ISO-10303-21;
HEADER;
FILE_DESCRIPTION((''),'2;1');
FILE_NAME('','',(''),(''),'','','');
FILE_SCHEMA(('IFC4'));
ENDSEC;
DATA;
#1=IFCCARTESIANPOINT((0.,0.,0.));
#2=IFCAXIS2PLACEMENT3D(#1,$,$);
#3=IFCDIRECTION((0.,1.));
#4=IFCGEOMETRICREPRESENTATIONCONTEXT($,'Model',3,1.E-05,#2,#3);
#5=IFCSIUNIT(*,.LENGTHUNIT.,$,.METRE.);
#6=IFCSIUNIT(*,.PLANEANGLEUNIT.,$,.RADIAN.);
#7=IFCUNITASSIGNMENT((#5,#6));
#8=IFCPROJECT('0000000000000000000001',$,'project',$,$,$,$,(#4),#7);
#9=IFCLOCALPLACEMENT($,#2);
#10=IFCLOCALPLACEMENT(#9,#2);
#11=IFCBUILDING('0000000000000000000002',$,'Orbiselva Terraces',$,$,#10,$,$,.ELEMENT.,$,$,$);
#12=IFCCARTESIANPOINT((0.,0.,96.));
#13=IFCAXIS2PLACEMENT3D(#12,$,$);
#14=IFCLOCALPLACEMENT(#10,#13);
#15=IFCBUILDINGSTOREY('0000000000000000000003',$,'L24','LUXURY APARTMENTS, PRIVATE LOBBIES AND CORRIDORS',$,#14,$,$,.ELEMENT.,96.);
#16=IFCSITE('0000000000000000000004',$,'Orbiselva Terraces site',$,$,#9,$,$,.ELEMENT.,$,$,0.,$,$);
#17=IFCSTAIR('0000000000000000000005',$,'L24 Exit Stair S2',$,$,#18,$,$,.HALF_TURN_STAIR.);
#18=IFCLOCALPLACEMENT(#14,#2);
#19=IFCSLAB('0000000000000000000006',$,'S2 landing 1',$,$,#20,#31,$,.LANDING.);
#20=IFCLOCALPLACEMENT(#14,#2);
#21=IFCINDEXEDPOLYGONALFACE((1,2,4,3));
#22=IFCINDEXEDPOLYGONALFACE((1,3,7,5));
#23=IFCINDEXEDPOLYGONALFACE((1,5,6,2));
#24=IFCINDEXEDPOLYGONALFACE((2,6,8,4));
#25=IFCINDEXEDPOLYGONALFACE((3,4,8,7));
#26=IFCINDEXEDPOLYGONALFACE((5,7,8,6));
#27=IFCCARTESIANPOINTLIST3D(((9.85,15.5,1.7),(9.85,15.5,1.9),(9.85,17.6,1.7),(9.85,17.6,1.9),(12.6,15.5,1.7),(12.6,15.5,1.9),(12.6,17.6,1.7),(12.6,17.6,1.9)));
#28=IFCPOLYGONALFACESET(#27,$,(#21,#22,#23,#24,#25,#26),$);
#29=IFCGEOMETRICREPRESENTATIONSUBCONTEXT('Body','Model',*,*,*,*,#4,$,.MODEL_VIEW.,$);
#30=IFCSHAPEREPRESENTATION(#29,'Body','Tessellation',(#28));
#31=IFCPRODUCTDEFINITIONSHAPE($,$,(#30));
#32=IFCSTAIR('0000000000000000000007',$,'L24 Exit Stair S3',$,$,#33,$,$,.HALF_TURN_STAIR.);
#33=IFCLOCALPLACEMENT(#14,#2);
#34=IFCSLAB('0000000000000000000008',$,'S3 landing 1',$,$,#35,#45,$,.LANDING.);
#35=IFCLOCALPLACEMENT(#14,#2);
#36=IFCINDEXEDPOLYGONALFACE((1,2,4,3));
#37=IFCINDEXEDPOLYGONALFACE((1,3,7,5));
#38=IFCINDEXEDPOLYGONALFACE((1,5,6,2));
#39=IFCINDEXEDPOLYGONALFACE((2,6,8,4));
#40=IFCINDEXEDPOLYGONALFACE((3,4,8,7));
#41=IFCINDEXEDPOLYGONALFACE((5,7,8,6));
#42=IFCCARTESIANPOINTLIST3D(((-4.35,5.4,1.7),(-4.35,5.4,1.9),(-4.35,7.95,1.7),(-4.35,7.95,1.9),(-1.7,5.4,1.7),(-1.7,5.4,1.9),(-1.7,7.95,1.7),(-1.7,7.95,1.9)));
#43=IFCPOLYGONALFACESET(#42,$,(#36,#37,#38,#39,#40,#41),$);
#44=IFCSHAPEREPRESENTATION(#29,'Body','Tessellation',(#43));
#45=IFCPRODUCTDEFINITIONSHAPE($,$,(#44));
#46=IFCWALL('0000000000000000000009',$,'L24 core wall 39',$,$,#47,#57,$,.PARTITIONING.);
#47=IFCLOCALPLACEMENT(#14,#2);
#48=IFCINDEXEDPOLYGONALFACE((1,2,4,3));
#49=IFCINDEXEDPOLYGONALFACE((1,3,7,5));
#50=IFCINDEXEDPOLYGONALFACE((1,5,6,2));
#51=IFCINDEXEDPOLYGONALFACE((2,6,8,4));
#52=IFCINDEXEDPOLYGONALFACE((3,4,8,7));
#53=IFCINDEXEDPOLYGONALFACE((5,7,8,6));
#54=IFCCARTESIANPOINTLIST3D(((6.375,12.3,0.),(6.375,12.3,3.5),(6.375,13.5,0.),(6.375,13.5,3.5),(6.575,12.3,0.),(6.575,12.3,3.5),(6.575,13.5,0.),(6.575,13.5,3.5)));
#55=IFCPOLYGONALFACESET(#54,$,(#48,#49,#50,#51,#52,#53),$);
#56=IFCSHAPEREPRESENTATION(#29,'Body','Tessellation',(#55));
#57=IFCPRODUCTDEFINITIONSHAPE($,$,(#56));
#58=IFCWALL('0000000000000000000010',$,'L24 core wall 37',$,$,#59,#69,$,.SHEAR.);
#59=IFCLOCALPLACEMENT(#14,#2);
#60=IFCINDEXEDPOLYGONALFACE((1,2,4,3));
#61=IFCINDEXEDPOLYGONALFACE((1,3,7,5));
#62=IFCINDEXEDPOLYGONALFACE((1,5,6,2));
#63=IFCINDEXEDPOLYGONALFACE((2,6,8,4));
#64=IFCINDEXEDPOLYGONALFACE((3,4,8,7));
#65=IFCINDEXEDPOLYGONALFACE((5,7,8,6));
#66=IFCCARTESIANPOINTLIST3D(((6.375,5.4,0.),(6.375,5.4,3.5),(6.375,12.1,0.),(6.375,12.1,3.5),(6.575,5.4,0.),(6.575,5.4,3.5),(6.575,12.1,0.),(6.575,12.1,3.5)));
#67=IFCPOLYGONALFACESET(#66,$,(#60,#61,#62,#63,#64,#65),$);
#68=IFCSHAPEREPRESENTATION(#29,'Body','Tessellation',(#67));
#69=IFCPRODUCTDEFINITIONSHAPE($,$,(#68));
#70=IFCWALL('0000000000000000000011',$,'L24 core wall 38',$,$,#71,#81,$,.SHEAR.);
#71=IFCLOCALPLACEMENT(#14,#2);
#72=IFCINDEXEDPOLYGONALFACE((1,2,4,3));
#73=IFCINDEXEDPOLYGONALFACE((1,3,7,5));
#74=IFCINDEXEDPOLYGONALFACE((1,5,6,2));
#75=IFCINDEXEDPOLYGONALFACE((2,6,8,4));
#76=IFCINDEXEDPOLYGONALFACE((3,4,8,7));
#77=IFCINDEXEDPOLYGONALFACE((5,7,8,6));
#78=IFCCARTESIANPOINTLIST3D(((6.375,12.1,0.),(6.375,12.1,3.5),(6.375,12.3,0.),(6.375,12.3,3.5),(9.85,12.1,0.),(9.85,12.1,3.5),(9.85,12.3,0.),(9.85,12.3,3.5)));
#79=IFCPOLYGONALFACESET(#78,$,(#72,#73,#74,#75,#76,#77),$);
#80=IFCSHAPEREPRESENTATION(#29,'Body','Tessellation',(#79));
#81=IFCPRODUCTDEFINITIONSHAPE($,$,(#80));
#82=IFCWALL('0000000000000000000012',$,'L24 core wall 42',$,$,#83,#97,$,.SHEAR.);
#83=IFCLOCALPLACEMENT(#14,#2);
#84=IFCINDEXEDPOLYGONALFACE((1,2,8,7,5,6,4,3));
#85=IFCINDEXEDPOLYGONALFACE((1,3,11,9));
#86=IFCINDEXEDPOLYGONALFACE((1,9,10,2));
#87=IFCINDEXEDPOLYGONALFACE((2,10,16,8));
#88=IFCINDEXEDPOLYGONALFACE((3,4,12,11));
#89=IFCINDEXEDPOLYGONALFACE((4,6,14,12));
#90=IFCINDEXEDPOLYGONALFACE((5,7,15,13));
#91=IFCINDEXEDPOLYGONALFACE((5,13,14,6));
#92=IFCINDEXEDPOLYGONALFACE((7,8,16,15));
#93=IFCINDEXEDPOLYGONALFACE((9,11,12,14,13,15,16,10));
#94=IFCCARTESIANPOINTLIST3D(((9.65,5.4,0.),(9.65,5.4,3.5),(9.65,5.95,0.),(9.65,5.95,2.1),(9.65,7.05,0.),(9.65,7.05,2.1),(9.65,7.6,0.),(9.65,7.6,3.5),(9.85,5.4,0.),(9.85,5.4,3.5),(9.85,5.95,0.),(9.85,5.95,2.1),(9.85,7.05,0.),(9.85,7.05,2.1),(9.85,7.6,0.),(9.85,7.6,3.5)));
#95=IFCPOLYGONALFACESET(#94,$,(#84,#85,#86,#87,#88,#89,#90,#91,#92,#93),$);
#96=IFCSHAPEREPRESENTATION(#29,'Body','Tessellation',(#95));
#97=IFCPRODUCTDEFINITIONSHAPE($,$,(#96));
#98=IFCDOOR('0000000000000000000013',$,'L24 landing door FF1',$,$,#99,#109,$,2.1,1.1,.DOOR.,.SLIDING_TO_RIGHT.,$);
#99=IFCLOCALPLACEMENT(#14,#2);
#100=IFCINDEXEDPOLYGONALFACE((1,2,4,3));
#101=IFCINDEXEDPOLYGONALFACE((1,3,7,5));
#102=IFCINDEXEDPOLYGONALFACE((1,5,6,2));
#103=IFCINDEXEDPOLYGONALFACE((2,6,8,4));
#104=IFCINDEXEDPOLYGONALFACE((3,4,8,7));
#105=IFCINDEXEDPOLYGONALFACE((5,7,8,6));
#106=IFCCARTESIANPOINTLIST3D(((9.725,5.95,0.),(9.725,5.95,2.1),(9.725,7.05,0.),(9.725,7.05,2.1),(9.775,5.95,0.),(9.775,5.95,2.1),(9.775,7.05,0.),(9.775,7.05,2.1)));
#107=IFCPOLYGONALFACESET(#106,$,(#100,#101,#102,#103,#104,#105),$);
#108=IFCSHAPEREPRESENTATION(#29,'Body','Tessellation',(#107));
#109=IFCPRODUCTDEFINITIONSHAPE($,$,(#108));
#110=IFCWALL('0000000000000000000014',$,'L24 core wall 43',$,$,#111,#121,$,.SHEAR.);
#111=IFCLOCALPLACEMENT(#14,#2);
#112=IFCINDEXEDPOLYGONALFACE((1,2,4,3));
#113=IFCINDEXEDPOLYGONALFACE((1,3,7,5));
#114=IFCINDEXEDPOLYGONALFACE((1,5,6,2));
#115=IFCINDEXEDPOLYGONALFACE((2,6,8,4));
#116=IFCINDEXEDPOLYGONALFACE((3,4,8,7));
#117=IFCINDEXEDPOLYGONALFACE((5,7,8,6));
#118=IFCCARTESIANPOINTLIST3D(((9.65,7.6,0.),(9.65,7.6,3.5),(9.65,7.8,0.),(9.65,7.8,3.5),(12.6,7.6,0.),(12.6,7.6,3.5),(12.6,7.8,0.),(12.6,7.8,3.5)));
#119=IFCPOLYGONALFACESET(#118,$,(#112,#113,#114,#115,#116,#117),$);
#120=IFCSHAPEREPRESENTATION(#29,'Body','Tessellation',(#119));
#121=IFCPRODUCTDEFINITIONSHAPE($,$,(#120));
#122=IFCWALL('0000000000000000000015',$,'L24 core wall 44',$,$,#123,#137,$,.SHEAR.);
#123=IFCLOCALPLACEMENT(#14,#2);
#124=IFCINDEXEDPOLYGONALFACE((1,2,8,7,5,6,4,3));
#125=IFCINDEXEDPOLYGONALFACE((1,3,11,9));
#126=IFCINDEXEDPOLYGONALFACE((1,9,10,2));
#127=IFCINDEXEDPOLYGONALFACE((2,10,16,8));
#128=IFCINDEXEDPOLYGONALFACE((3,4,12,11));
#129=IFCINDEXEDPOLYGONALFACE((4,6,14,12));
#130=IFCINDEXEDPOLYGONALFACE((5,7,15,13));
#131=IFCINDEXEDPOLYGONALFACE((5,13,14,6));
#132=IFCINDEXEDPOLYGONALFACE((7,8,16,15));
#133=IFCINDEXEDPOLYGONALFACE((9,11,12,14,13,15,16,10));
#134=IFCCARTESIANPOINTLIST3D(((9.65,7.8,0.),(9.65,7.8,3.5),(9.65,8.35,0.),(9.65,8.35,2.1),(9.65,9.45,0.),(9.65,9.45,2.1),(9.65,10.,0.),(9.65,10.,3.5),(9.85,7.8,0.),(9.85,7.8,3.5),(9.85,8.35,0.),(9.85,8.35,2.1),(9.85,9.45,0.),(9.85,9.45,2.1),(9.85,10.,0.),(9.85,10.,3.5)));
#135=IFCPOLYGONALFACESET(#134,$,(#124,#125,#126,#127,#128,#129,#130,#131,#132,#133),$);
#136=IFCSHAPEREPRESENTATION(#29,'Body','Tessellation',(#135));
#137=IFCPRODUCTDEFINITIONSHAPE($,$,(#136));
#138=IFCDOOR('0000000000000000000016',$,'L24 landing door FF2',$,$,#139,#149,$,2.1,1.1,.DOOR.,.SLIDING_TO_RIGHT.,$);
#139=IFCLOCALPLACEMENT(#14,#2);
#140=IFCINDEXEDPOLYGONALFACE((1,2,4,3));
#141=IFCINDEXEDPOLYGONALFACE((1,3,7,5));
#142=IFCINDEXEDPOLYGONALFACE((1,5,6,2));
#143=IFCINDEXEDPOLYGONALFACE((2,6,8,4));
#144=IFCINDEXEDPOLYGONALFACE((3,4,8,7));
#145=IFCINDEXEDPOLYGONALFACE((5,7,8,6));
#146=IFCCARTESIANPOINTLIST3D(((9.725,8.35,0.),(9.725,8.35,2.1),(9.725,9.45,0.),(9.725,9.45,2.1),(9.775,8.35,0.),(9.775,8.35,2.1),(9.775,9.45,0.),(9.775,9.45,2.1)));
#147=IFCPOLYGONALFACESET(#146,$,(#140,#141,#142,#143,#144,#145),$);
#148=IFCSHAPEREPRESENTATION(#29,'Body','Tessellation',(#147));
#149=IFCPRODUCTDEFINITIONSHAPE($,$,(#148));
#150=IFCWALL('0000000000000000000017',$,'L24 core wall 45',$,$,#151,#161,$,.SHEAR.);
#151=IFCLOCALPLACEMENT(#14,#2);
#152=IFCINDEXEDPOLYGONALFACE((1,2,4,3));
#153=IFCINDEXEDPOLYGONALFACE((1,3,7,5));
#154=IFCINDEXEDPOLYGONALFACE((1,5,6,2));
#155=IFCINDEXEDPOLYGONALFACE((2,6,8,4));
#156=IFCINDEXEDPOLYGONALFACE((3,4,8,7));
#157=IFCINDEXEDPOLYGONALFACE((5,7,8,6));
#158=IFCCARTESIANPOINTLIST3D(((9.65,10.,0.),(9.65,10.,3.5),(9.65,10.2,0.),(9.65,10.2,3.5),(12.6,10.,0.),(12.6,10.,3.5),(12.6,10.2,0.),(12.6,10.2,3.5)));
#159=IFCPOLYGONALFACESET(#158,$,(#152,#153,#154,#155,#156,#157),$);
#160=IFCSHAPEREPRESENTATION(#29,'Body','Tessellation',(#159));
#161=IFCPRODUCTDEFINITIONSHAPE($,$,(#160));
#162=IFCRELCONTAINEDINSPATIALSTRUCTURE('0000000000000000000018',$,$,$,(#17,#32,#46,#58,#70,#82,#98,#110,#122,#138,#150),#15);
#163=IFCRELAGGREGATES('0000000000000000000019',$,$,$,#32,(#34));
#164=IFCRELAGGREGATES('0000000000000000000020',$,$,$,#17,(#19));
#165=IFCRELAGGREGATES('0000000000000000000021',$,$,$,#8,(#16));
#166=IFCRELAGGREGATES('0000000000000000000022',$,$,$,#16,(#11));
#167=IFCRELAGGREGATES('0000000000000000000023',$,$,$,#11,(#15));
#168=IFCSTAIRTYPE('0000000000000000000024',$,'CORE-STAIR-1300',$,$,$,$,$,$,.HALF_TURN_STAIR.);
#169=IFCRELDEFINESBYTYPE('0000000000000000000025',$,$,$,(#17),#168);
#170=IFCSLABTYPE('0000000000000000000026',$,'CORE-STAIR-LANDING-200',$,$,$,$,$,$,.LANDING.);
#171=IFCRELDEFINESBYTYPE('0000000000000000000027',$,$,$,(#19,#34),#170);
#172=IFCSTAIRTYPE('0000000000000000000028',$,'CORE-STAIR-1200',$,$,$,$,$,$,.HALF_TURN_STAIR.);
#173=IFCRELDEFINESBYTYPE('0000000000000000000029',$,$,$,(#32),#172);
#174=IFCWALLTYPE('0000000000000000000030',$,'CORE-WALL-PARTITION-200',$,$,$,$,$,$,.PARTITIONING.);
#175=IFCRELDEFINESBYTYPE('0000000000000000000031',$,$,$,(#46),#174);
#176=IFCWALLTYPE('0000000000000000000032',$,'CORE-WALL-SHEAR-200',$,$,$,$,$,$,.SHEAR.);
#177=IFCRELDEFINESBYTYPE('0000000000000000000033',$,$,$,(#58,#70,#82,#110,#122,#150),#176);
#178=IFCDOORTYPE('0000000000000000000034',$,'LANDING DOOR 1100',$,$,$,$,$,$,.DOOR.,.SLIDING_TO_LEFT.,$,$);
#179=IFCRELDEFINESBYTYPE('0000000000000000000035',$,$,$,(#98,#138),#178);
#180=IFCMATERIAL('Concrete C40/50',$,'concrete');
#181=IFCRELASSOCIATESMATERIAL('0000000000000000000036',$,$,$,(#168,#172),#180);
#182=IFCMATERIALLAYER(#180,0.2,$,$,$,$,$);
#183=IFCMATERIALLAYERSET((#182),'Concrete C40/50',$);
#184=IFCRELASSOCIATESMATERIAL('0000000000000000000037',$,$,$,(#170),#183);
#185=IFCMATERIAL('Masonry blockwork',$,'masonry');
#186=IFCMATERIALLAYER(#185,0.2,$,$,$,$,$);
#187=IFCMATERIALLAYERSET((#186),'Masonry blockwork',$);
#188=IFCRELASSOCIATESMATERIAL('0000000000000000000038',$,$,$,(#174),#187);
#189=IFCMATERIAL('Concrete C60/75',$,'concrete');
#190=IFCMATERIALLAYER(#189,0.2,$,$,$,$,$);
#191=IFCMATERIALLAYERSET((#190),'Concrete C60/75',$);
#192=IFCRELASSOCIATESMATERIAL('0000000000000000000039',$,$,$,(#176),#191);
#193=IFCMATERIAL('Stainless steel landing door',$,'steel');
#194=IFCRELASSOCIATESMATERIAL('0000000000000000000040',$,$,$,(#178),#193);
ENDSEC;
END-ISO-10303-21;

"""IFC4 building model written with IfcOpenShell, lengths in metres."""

from ifc_helpers import new_model, si_unit, direction, frame, frame_2d, origin, place, context, subcontext, project, spatial, polyline, rectangle, outline, extrude, material, layer, layer_set, type_object, element, fill, aggregate, save


model = new_model("IFC4")

# Units and contexts
model_context = context("Model", 3, precision=1e-05, world=origin(), true_north=direction((0.0, 1.0)))
body_context = subcontext(model_context, "Body", "Model", "MODEL_VIEW")
ifc_project = project(units=[si_unit("LENGTHUNIT", "METRE"), si_unit("PLANEANGLEUNIT", "RADIAN")], contexts=[model_context])

# Site, building, storey
site_placement = place(None, origin())
site = spatial("IfcSite", under=ifc_project, at=site_placement, Name="Orbiselva Terraces site", CompositionType="ELEMENT", RefElevation=0.0)
building_placement = place(site_placement, origin())
building = spatial("IfcBuilding", under=site, at=building_placement, Name="Orbiselva Terraces", CompositionType="ELEMENT")
storey_placement = place(building_placement, frame((0.0, 0.0, 96.0)))
storey = spatial("IfcBuildingStorey", under=building, at=storey_placement, Name="L24", Description="LUXURY APARTMENTS, PRIVATE LOBBIES AND CORRIDORS", CompositionType="ELEMENT", Elevation=96.0)

# Stairs, slabs
ifc_material_1 = material(Name="Concrete C40/50", Category="concrete")
stair_type_1 = type_object("IfcStairType", Name="CORE-STAIR-1300", PredefinedType="HALF_TURN_STAIR", material=ifc_material_1)
stair_1_placement = place(storey_placement, origin())
stair_1 = element("IfcStair", 1, at=stair_1_placement, inside=storey, type_object=stair_type_1, Name="L24 Exit Stair S2", PredefinedType="HALF_TURN_STAIR")
ifc_layer_1 = layer(ifc_material_1, 0.2)
ifc_layer_set_1 = layer_set([ifc_layer_1], Name="Concrete C40/50")
slab_type = type_object("IfcSlabType", Name="CORE-STAIR-LANDING-200", PredefinedType="LANDING", material=ifc_layer_set_1)
slab_1_placement = place(storey_placement, frame((0.0, 0.0, 1.7)))
slab_1 = element("IfcSlab", 2, at=slab_1_placement, type_object=slab_type, Name="S2 landing 1", PredefinedType="LANDING", context=body_context, shape_type="SweptSolid", body=[
    extrude(outline(polyline([(12.6, 15.5), (12.6, 17.6), (9.85, 17.6), (9.85, 15.5), (12.6, 15.5)])), origin(), (0.0, 0.0, 1.0), 0.2),
])
stair_type_2 = type_object("IfcStairType", Name="CORE-STAIR-1200", PredefinedType="HALF_TURN_STAIR", material=ifc_material_1)
stair_2_placement = place(storey_placement, origin())
stair_2 = element("IfcStair", 3, at=stair_2_placement, inside=storey, type_object=stair_type_2, Name="L24 Exit Stair S3", PredefinedType="HALF_TURN_STAIR")
slab_2_placement = place(storey_placement, frame((0.0, 0.0, 1.7)))
slab_2 = element("IfcSlab", 4, at=slab_2_placement, type_object=slab_type, Name="S3 landing 1", PredefinedType="LANDING", context=body_context, shape_type="SweptSolid", body=[
    extrude(outline(polyline([(-4.35, 5.4), (-1.7, 5.4), (-1.7, 7.95), (-4.35, 7.95), (-4.35, 5.4)])), origin(), (0.0, 0.0, 1.0), 0.2),
])
aggregate(stair_2, [slab_2])

# Walls
ifc_material_2 = material(Name="Masonry blockwork", Category="masonry")
ifc_layer_2 = layer(ifc_material_2, 0.2)
ifc_layer_set_2 = layer_set([ifc_layer_2], Name="Masonry blockwork")
wall_type_1 = type_object("IfcWallType", Name="CORE-WALL-PARTITION-200", PredefinedType="PARTITIONING", material=ifc_layer_set_2)
wall_1_placement = place(storey_placement, frame((6.475, 12.3, 0.0), z_axis=(0.0, 0.0, 1.0), x_axis=(0.0, 1.0, 0.0)))
element("IfcWall", 5, at=wall_1_placement, inside=storey, type_object=wall_type_1, Name="L24 core wall 39", PredefinedType="PARTITIONING", context=body_context, shape_type="SweptSolid", body=[
    extrude(rectangle(XDim=1.2, YDim=0.2, at=frame_2d((0.6, 0.0))), origin(), (0.0, 0.0, 1.0), 3.5),
])
ifc_material_3 = material(Name="Concrete C60/75", Category="concrete")
ifc_layer_3 = layer(ifc_material_3, 0.2)
ifc_layer_set_3 = layer_set([ifc_layer_3], Name="Concrete C60/75")
wall_type_2 = type_object("IfcWallType", Name="CORE-WALL-SHEAR-200", PredefinedType="SHEAR", material=ifc_layer_set_3)
wall_2_placement = place(storey_placement, frame((6.475, 5.4, 0.0), z_axis=(0.0, 0.0, 1.0), x_axis=(0.0, 1.0, 0.0)))
element("IfcWall", 6, at=wall_2_placement, inside=storey, type_object=wall_type_2, Name="L24 core wall 37", PredefinedType="SHEAR", context=body_context, shape_type="SweptSolid", body=[
    extrude(rectangle(XDim=6.7, YDim=0.2, at=frame_2d((3.35, 0.0))), origin(), (0.0, 0.0, 1.0), 3.5),
])
wall_3_placement = place(storey_placement, frame((6.375, 12.2, 0.0), z_axis=(0.0, 0.0, 1.0), x_axis=(1.0, 0.0, 0.0)))
element("IfcWall", 7, at=wall_3_placement, inside=storey, type_object=wall_type_2, Name="L24 core wall 38", PredefinedType="SHEAR", context=body_context, shape_type="SweptSolid", body=[
    extrude(rectangle(XDim=3.475, YDim=0.2, at=frame_2d((1.7375, 0.0))), origin(), (0.0, 0.0, 1.0), 3.5),
])

# Wall, opening, door
wall_4_placement = place(storey_placement, frame((9.75, 5.4, 0.0), z_axis=(0.0, 0.0, 1.0), x_axis=(0.0, 1.0, 0.0)))
wall_4 = element("IfcWall", 8, at=wall_4_placement, inside=storey, type_object=wall_type_2, Name="L24 core wall 42", PredefinedType="SHEAR", context=body_context, shape_type="SweptSolid", body=[
    extrude(rectangle(XDim=2.2, YDim=0.2, at=frame_2d((1.1, 0.0))), origin(), (0.0, 0.0, 1.0), 3.5),
])
opening_1_placement = place(wall_4_placement, frame((0.55, 0.0, 0.0)))
opening_1 = element("IfcOpeningElement", 9, at=opening_1_placement, cuts=wall_4, PredefinedType="OPENING", context=body_context, shape_type="SweptSolid", body=[
    extrude(rectangle(XDim=1.1, YDim=2.1, at=frame_2d((0.55, 1.05))), frame((0.0, 0.11, 0.0), z_axis=(0.0, -1.0, 0.0), x_axis=(1.0, 0.0, 0.0)), (0.0, 0.0, 1.0), 0.22),
])
ifc_material_4 = material(Name="Stainless steel landing door", Category="steel")
door_type_1 = type_object("IfcDoorType", Name="LANDING DOOR 1100", OperationType="SLIDING_TO_LEFT", PredefinedType="DOOR", material=ifc_material_4)
door_1_placement = place(opening_1_placement, origin())
door_1 = element("IfcDoor", 10, at=door_1_placement, inside=storey, type_object=door_type_1, Name="L24 landing door FF1", OperationType="SLIDING_TO_RIGHT", OverallHeight=2.1, OverallWidth=1.1, PredefinedType="DOOR", context=body_context, shape_type="SweptSolid", body=[
    extrude(rectangle(XDim=1.1, YDim=2.1, at=frame_2d((0.55, 1.05))), frame((0.0, 0.025, 0.0), z_axis=(0.0, -1.0, 0.0), x_axis=(1.0, 0.0, 0.0)), (0.0, 0.0, 1.0), 0.05),
])
fill(opening_1, door_1)

# Wall
wall_5_placement = place(storey_placement, frame((9.65, 7.7, 0.0), z_axis=(0.0, 0.0, 1.0), x_axis=(1.0, 0.0, 0.0)))
element("IfcWall", 11, at=wall_5_placement, inside=storey, type_object=wall_type_2, Name="L24 core wall 43", PredefinedType="SHEAR", context=body_context, shape_type="SweptSolid", body=[
    extrude(rectangle(XDim=2.95, YDim=0.2, at=frame_2d((1.475, 0.0))), origin(), (0.0, 0.0, 1.0), 3.5),
])

# Wall, opening, door
wall_6_placement = place(storey_placement, frame((9.75, 7.8, 0.0), z_axis=(0.0, 0.0, 1.0), x_axis=(0.0, 1.0, 0.0)))
wall_6 = element("IfcWall", 12, at=wall_6_placement, inside=storey, type_object=wall_type_2, Name="L24 core wall 44", PredefinedType="SHEAR", context=body_context, shape_type="SweptSolid", body=[
    extrude(rectangle(XDim=2.2, YDim=0.2, at=frame_2d((1.1, 0.0))), origin(), (0.0, 0.0, 1.0), 3.5),
])
opening_2_placement = place(wall_6_placement, frame((0.55, 0.0, 0.0)))
opening_2 = element("IfcOpeningElement", 13, at=opening_2_placement, cuts=wall_6, PredefinedType="OPENING", context=body_context, shape_type="SweptSolid", body=[
    extrude(rectangle(XDim=1.1, YDim=2.1, at=frame_2d((0.55, 1.05))), frame((0.0, 0.11, 0.0), z_axis=(0.0, -1.0, 0.0), x_axis=(1.0, 0.0, 0.0)), (0.0, 0.0, 1.0), 0.22),
])
door_2_placement = place(opening_2_placement, origin())
door_2 = element("IfcDoor", 14, at=door_2_placement, inside=storey, type_object=door_type_1, Name="L24 landing door FF2", OperationType="SLIDING_TO_RIGHT", OverallHeight=2.1, OverallWidth=1.1, PredefinedType="DOOR", context=body_context, shape_type="SweptSolid", body=[
    extrude(rectangle(XDim=1.1, YDim=2.1, at=frame_2d((0.55, 1.05))), frame((0.0, 0.025, 0.0), z_axis=(0.0, -1.0, 0.0), x_axis=(1.0, 0.0, 0.0)), (0.0, 0.0, 1.0), 0.05),
])
fill(opening_2, door_2)

# Wall
wall_7_placement = place(storey_placement, frame((9.65, 10.1, 0.0), z_axis=(0.0, 0.0, 1.0), x_axis=(1.0, 0.0, 0.0)))
element("IfcWall", 15, at=wall_7_placement, inside=storey, type_object=wall_type_2, Name="L24 core wall 45", PredefinedType="SHEAR", context=body_context, shape_type="SweptSolid", body=[
    extrude(rectangle(XDim=2.95, YDim=0.2, at=frame_2d((1.475, 0.0))), origin(), (0.0, 0.0, 1.0), 3.5),
])

aggregate(stair_1, [slab_1])

save(model, "model.ifc")
